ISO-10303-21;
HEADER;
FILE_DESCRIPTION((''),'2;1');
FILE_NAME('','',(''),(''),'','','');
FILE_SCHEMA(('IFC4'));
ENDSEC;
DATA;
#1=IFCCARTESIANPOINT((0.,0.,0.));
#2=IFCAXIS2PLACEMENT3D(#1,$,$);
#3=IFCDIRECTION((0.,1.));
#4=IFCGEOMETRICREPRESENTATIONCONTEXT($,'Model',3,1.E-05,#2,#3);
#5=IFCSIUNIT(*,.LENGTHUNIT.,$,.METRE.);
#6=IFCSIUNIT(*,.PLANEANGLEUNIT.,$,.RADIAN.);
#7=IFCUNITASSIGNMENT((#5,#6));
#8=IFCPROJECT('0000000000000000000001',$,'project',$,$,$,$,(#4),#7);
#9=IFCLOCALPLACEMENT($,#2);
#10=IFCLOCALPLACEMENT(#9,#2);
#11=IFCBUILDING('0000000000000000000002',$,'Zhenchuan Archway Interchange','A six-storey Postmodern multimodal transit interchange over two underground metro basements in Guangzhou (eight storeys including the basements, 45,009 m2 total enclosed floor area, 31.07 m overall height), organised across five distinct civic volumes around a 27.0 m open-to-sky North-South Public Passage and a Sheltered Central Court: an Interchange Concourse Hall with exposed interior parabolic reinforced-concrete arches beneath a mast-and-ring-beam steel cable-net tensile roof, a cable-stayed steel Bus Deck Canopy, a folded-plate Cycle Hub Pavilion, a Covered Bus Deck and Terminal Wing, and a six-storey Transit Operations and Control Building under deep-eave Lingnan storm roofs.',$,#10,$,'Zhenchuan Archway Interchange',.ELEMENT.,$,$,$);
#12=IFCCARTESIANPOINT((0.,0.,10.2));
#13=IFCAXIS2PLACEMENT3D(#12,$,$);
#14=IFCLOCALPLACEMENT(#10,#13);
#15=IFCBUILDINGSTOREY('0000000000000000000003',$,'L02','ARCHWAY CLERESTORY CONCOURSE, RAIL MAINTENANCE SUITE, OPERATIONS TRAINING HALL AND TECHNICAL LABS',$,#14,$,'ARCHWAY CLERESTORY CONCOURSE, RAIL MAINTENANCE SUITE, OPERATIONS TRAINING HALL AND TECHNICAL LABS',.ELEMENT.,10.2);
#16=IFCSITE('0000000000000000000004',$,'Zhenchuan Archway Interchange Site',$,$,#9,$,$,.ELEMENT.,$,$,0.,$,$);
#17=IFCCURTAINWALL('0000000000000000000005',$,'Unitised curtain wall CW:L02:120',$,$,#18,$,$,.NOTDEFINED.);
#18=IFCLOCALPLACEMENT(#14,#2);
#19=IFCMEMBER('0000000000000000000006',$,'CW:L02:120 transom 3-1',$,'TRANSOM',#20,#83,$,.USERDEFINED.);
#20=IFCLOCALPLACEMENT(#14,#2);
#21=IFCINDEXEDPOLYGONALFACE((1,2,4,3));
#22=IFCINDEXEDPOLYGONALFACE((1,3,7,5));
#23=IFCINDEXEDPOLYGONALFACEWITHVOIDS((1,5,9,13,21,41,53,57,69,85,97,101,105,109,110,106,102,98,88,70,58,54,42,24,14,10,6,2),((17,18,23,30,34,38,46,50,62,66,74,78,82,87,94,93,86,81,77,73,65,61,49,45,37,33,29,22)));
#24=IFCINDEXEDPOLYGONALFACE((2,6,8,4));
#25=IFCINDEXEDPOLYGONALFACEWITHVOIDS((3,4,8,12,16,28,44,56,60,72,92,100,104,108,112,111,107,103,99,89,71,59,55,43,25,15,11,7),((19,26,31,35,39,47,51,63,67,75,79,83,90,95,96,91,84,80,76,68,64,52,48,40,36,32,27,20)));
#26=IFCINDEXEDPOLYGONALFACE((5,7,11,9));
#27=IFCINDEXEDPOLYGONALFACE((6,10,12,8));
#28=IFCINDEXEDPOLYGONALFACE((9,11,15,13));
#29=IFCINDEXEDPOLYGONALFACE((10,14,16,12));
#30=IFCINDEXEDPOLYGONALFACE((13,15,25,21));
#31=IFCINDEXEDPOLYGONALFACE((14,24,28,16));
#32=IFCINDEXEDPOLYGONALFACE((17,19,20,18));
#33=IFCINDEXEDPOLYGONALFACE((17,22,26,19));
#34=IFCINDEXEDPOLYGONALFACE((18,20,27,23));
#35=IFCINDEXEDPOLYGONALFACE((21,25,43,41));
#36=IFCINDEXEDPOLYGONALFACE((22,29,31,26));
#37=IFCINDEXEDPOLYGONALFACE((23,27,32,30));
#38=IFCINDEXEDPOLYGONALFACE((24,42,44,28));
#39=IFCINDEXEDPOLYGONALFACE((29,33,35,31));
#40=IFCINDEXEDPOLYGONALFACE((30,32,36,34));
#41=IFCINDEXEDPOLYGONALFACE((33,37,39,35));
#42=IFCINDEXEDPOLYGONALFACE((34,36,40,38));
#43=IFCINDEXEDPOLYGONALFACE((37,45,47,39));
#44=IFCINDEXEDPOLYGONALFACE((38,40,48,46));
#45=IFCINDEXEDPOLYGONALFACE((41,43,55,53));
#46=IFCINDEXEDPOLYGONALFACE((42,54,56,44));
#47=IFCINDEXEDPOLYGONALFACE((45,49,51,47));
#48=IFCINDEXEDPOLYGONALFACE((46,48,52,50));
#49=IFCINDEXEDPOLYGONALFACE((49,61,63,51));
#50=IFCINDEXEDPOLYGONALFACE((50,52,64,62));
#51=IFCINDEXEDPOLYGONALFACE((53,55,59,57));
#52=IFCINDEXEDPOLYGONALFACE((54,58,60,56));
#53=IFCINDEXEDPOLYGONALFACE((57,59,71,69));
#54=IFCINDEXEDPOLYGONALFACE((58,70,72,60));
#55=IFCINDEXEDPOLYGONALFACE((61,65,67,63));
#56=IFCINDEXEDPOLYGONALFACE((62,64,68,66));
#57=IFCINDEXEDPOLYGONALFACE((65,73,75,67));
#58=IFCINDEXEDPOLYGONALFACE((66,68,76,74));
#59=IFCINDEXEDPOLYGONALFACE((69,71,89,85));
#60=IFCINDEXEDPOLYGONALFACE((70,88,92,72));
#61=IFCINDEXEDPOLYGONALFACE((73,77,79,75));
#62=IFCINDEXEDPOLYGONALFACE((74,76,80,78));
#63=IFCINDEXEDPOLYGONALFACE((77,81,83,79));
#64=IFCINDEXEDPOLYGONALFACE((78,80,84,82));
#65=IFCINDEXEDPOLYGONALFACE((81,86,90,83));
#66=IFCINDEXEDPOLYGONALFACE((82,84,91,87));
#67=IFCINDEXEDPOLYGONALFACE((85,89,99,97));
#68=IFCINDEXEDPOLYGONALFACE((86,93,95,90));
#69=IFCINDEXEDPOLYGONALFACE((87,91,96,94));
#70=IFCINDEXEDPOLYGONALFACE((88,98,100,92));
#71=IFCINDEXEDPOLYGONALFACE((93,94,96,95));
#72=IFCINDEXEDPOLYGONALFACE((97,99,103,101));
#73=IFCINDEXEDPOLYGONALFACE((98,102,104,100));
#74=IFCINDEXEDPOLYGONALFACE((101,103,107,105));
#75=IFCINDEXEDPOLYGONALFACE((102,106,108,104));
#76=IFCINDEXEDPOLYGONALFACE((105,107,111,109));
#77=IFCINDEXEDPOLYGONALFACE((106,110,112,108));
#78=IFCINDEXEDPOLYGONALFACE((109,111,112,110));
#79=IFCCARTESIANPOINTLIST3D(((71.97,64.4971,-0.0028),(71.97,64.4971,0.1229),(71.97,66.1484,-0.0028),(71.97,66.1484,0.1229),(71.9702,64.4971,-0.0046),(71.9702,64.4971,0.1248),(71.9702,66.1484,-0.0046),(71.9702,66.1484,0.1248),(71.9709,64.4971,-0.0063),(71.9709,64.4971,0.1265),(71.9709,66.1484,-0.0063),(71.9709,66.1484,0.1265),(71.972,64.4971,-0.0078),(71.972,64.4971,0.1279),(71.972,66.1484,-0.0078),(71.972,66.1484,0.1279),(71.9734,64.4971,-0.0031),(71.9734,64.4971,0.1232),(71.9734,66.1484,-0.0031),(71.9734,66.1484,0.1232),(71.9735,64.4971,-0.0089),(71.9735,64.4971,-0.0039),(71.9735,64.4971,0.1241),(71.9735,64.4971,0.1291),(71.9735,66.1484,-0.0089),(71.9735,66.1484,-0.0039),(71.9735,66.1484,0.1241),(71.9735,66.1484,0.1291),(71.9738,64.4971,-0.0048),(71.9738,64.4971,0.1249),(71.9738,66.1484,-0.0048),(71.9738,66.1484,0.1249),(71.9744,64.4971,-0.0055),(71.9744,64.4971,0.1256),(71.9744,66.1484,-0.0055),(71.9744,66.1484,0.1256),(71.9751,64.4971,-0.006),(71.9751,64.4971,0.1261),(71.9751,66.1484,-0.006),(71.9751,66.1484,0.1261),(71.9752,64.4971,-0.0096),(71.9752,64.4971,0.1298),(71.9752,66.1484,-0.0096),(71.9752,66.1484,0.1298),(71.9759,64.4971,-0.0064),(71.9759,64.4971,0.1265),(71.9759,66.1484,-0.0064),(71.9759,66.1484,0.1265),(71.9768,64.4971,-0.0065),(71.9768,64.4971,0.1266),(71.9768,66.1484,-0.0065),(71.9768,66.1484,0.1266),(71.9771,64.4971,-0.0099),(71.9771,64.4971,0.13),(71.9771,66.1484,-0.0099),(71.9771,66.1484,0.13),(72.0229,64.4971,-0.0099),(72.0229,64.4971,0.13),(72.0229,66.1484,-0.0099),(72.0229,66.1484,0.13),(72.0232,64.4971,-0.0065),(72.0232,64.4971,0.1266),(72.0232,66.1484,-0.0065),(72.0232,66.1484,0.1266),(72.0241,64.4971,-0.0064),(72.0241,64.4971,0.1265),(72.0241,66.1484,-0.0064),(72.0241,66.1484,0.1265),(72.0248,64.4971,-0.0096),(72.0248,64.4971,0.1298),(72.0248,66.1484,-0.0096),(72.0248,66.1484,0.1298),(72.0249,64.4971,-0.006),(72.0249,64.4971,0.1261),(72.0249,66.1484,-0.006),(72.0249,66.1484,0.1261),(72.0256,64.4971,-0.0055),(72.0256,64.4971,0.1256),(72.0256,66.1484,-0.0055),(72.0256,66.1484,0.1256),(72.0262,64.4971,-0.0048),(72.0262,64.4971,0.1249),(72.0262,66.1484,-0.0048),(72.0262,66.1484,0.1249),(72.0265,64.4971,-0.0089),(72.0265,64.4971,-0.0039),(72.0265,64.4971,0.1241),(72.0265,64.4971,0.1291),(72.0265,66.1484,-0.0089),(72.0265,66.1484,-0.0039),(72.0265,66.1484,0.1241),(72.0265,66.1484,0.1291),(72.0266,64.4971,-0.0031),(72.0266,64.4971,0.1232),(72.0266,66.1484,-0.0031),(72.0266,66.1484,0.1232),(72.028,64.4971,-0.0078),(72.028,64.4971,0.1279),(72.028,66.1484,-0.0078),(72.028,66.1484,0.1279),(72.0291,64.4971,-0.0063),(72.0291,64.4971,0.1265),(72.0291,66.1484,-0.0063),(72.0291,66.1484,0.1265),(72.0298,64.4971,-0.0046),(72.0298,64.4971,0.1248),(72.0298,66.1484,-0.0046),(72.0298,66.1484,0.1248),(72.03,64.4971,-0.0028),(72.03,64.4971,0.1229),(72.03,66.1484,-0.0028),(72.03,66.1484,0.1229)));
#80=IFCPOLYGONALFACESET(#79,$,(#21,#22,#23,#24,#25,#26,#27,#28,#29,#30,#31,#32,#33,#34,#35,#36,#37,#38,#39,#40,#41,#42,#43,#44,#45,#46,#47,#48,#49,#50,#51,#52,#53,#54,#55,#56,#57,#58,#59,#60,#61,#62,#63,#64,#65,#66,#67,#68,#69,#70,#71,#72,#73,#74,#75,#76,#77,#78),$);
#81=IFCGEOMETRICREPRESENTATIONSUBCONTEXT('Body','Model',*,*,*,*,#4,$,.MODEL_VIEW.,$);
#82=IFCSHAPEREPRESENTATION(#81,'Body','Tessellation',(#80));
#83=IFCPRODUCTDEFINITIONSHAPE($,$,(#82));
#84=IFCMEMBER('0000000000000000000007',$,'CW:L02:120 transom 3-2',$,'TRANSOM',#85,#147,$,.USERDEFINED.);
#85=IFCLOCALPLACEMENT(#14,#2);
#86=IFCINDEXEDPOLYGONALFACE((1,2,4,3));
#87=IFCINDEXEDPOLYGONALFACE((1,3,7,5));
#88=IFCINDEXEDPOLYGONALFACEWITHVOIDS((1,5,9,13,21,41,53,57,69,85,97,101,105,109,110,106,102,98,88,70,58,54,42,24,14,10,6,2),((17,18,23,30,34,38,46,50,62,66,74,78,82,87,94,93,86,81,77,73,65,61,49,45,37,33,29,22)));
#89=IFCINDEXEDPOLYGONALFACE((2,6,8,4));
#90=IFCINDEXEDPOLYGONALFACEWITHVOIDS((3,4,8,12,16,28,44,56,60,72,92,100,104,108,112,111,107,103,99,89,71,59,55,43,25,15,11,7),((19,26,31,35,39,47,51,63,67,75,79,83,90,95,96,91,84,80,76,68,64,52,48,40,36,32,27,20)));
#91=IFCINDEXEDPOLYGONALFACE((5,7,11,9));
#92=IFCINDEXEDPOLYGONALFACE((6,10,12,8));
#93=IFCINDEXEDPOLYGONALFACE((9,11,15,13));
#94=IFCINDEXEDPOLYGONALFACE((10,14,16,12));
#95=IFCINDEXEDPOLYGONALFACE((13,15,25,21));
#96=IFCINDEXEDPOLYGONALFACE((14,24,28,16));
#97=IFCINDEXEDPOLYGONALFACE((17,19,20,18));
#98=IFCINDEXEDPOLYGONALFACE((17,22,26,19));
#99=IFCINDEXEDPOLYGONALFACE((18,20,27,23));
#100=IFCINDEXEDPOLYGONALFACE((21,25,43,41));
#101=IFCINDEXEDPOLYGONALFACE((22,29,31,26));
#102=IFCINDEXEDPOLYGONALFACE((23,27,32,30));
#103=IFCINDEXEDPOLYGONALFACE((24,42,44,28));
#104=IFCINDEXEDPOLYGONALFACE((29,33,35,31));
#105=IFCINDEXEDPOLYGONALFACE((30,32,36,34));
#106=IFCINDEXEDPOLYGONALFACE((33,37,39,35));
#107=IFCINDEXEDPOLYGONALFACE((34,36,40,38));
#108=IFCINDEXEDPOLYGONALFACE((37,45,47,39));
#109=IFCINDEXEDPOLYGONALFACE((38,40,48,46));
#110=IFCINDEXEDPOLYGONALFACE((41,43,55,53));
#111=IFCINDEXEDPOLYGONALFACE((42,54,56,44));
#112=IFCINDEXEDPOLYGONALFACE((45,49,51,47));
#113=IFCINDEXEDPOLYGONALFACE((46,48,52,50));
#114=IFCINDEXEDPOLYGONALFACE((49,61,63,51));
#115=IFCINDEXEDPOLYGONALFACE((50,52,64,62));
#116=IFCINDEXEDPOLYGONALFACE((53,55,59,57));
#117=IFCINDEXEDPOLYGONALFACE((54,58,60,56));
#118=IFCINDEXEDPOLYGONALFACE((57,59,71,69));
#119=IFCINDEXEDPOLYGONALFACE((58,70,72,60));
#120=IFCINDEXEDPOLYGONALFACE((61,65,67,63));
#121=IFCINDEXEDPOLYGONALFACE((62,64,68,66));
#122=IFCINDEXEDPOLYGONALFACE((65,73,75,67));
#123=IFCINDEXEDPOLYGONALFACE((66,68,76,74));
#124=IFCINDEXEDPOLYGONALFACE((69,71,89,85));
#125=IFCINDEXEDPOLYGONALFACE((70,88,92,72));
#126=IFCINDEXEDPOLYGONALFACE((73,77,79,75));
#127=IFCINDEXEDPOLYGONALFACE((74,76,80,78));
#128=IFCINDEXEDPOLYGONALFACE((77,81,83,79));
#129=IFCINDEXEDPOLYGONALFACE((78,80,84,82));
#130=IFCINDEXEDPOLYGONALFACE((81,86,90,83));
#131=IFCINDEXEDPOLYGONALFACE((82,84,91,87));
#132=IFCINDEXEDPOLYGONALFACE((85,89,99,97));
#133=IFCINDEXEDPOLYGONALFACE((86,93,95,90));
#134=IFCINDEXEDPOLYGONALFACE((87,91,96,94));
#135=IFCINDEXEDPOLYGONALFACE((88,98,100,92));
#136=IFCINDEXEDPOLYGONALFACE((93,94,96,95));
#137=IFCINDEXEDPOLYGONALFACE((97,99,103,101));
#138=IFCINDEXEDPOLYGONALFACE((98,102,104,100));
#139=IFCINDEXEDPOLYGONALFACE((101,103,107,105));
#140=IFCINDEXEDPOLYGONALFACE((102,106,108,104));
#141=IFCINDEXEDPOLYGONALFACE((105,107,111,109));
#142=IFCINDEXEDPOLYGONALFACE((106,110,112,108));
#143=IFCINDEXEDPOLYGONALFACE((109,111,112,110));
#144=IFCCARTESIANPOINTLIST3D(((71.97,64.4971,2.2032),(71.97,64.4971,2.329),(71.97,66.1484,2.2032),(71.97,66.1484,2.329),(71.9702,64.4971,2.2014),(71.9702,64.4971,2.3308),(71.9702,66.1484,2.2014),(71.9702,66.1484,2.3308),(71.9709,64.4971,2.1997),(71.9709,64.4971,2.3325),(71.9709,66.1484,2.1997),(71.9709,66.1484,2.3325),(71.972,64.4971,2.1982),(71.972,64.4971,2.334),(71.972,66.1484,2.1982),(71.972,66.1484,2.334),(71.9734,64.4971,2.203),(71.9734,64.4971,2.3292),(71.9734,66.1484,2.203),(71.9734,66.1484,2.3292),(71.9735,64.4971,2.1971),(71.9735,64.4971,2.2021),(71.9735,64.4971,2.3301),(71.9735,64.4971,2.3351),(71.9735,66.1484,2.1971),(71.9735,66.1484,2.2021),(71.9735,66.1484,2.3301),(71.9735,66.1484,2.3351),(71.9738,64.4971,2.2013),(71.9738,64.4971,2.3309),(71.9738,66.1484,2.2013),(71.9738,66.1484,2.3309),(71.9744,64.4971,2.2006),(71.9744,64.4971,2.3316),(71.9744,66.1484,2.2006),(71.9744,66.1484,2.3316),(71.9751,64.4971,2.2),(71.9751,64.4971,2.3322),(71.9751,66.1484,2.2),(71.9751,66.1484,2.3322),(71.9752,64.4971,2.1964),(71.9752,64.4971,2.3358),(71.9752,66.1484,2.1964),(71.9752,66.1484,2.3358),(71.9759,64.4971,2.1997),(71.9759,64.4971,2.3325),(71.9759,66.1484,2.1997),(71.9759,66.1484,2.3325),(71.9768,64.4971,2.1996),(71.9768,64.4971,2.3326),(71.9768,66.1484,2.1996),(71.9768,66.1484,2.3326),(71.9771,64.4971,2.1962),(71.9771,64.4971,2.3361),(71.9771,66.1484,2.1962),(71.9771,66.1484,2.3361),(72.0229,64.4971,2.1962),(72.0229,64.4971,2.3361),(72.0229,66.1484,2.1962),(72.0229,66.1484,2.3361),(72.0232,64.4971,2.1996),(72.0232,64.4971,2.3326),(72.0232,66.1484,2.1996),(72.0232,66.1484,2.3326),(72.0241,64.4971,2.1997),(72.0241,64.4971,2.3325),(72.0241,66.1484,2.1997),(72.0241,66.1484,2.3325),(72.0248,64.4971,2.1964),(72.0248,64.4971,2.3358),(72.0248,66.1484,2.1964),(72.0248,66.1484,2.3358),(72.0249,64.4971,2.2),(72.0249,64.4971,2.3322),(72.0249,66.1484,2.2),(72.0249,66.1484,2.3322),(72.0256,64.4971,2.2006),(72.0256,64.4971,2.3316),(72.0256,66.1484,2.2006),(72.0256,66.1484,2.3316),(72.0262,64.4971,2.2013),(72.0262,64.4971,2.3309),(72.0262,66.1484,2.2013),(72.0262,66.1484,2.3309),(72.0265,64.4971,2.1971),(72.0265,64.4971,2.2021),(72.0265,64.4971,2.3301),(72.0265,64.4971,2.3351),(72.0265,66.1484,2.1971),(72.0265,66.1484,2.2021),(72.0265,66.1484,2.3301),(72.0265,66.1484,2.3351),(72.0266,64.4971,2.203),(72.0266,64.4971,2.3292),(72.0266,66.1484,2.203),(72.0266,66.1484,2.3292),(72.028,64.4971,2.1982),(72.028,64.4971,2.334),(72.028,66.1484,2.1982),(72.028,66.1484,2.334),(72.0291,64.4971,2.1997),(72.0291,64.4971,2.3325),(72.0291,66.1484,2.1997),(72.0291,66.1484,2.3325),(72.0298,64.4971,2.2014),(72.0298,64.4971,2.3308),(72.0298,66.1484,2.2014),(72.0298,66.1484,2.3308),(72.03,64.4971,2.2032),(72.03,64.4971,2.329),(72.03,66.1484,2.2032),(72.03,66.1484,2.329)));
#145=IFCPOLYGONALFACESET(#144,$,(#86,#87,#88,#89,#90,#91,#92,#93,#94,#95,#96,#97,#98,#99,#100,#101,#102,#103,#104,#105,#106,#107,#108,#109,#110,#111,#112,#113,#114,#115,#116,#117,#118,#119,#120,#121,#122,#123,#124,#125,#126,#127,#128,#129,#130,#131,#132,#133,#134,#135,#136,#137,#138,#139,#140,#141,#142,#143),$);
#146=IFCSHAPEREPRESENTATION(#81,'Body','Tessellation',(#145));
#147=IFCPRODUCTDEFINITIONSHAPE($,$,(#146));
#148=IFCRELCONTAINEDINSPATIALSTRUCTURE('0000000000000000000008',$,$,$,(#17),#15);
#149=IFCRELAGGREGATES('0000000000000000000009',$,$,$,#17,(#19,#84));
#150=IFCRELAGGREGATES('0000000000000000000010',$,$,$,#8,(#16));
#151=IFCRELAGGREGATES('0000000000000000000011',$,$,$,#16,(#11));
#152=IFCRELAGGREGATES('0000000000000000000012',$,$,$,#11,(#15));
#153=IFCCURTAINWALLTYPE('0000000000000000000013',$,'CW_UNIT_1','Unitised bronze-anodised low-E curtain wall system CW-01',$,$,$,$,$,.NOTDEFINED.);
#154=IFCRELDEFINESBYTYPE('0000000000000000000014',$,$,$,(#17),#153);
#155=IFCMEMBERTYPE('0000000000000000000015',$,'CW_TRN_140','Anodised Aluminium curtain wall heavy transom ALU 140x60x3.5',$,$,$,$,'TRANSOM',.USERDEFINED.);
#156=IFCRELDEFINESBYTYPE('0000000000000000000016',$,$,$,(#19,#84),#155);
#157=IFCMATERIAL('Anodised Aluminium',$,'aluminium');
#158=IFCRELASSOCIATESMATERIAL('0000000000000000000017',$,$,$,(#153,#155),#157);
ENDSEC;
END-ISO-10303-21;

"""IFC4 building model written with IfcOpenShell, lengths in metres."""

from ifc_helpers import new_model, si_unit, direction, frame, origin, origin_2d, place, context, subcontext, project, spatial, hollow_rectangle, extrude, material, material_profile, profile_set, type_object, element, aggregate, save


model = new_model("IFC4")

# Units and contexts
model_context = context("Model", 3, precision=1e-05, world=origin(), true_north=direction((0.0, 1.0)))
body_context = subcontext(model_context, "Body", "Model", "MODEL_VIEW")
ifc_project = project(units=[si_unit("LENGTHUNIT", "METRE"), si_unit("PLANEANGLEUNIT", "RADIAN")], contexts=[model_context])

# Site, building, storey
site_placement = place(None, origin())
site = spatial("IfcSite", under=ifc_project, at=site_placement, Name="Zhenchuan Archway Interchange Site", CompositionType="ELEMENT", RefElevation=0.0)
building_placement = place(site_placement, origin())
building = spatial("IfcBuilding", under=site, at=building_placement, Name="Zhenchuan Archway Interchange", Description="A six-storey Postmodern multimodal transit interchange over two underground metro basements in Guangzhou (eight storeys including the basements, 45,009 m2 total enclosed floor area, 31.07 m overall height), organised across five distinct civic volumes around a 27.0 m open-to-sky North-South Public Passage and a Sheltered Central Court: an Interchange Concourse Hall with exposed interior parabolic reinforced-concrete arches beneath a mast-and-ring-beam steel cable-net tensile roof, a cable-stayed steel Bus Deck Canopy, a folded-plate Cycle Hub Pavilion, a Covered Bus Deck and Terminal Wing, and a six-storey Transit Operations and Control Building under deep-eave Lingnan storm roofs.", LongName="Zhenchuan Archway Interchange", CompositionType="ELEMENT")
storey_placement = place(building_placement, frame((0.0, 0.0, 10.2)))
storey = spatial("IfcBuildingStorey", under=building, at=storey_placement, Name="L02", Description="ARCHWAY CLERESTORY CONCOURSE, RAIL MAINTENANCE SUITE, OPERATIONS TRAINING HALL AND TECHNICAL LABS", LongName="ARCHWAY CLERESTORY CONCOURSE, RAIL MAINTENANCE SUITE, OPERATIONS TRAINING HALL AND TECHNICAL LABS", CompositionType="ELEMENT", Elevation=10.2)

# Curtain wall, members
ifc_material_1 = material(Name="Anodised Aluminium", Category="aluminium")
curtain_wall_type = type_object("IfcCurtainWallType", Name="CW_UNIT_1", Description="Unitised bronze-anodised low-E curtain wall system CW-01", PredefinedType="NOTDEFINED", material=ifc_material_1)
curtain_wall_placement = place(storey_placement, origin())
curtain_wall = element("IfcCurtainWall", 1, at=curtain_wall_placement, inside=storey, type_object=curtain_wall_type, Name="Unitised curtain wall CW:L02:120", PredefinedType="NOTDEFINED")
ifc_material_profile_1 = material_profile(ifc_material_1, hollow_rectangle(XDim=0.0601, YDim=0.1399, WallThickness=0.0034, InnerFilletRadius=0.0034, OuterFilletRadius=0.0071, at=origin_2d()), Name="ALU 140x60x3.5")
ifc_profile_set_1 = profile_set([ifc_material_profile_1], Name="Anodised Aluminium")
member_type_1 = type_object("IfcMemberType", Name="CW_TRN_140", Description="Anodised Aluminium curtain wall heavy transom ALU 140x60x3.5", ElementType="TRANSOM", PredefinedType="USERDEFINED", material=ifc_profile_set_1)
member_1_placement = place(storey_placement, frame((72.0, 66.1484, 0.0601), z_axis=(0.0, -1.0, 0.0), x_axis=(1.0, 0.0, 0.0)))
member_1 = element("IfcMember", 2, at=member_1_placement, type_object=member_type_1, Name="CW:L02:120 transom 3-1", ObjectType="TRANSOM", PredefinedType="USERDEFINED", context=body_context, shape_type="SweptSolid", body=[
    extrude(hollow_rectangle(XDim=0.0601, YDim=0.1399, WallThickness=0.0034, InnerFilletRadius=0.0034, OuterFilletRadius=0.0071, at=origin_2d()), origin(), (0.0, 0.0, 1.0), 1.6514),
])
member_2_placement = place(storey_placement, frame((72.0, 66.1484, 2.2661), z_axis=(0.0, -1.0, 0.0), x_axis=(1.0, 0.0, 0.0)))
member_2 = element("IfcMember", 3, at=member_2_placement, type_object=member_type_1, Name="CW:L02:120 transom 3-2", ObjectType="TRANSOM", PredefinedType="USERDEFINED", context=body_context, shape_type="SweptSolid", body=[
    extrude(hollow_rectangle(XDim=0.0601, YDim=0.1399, WallThickness=0.0034, InnerFilletRadius=0.0034, OuterFilletRadius=0.0071, at=origin_2d()), origin(), (0.0, 0.0, 1.0), 1.6514),
])
aggregate(curtain_wall, [member_1, member_2])

save(model, "model.ifc")
